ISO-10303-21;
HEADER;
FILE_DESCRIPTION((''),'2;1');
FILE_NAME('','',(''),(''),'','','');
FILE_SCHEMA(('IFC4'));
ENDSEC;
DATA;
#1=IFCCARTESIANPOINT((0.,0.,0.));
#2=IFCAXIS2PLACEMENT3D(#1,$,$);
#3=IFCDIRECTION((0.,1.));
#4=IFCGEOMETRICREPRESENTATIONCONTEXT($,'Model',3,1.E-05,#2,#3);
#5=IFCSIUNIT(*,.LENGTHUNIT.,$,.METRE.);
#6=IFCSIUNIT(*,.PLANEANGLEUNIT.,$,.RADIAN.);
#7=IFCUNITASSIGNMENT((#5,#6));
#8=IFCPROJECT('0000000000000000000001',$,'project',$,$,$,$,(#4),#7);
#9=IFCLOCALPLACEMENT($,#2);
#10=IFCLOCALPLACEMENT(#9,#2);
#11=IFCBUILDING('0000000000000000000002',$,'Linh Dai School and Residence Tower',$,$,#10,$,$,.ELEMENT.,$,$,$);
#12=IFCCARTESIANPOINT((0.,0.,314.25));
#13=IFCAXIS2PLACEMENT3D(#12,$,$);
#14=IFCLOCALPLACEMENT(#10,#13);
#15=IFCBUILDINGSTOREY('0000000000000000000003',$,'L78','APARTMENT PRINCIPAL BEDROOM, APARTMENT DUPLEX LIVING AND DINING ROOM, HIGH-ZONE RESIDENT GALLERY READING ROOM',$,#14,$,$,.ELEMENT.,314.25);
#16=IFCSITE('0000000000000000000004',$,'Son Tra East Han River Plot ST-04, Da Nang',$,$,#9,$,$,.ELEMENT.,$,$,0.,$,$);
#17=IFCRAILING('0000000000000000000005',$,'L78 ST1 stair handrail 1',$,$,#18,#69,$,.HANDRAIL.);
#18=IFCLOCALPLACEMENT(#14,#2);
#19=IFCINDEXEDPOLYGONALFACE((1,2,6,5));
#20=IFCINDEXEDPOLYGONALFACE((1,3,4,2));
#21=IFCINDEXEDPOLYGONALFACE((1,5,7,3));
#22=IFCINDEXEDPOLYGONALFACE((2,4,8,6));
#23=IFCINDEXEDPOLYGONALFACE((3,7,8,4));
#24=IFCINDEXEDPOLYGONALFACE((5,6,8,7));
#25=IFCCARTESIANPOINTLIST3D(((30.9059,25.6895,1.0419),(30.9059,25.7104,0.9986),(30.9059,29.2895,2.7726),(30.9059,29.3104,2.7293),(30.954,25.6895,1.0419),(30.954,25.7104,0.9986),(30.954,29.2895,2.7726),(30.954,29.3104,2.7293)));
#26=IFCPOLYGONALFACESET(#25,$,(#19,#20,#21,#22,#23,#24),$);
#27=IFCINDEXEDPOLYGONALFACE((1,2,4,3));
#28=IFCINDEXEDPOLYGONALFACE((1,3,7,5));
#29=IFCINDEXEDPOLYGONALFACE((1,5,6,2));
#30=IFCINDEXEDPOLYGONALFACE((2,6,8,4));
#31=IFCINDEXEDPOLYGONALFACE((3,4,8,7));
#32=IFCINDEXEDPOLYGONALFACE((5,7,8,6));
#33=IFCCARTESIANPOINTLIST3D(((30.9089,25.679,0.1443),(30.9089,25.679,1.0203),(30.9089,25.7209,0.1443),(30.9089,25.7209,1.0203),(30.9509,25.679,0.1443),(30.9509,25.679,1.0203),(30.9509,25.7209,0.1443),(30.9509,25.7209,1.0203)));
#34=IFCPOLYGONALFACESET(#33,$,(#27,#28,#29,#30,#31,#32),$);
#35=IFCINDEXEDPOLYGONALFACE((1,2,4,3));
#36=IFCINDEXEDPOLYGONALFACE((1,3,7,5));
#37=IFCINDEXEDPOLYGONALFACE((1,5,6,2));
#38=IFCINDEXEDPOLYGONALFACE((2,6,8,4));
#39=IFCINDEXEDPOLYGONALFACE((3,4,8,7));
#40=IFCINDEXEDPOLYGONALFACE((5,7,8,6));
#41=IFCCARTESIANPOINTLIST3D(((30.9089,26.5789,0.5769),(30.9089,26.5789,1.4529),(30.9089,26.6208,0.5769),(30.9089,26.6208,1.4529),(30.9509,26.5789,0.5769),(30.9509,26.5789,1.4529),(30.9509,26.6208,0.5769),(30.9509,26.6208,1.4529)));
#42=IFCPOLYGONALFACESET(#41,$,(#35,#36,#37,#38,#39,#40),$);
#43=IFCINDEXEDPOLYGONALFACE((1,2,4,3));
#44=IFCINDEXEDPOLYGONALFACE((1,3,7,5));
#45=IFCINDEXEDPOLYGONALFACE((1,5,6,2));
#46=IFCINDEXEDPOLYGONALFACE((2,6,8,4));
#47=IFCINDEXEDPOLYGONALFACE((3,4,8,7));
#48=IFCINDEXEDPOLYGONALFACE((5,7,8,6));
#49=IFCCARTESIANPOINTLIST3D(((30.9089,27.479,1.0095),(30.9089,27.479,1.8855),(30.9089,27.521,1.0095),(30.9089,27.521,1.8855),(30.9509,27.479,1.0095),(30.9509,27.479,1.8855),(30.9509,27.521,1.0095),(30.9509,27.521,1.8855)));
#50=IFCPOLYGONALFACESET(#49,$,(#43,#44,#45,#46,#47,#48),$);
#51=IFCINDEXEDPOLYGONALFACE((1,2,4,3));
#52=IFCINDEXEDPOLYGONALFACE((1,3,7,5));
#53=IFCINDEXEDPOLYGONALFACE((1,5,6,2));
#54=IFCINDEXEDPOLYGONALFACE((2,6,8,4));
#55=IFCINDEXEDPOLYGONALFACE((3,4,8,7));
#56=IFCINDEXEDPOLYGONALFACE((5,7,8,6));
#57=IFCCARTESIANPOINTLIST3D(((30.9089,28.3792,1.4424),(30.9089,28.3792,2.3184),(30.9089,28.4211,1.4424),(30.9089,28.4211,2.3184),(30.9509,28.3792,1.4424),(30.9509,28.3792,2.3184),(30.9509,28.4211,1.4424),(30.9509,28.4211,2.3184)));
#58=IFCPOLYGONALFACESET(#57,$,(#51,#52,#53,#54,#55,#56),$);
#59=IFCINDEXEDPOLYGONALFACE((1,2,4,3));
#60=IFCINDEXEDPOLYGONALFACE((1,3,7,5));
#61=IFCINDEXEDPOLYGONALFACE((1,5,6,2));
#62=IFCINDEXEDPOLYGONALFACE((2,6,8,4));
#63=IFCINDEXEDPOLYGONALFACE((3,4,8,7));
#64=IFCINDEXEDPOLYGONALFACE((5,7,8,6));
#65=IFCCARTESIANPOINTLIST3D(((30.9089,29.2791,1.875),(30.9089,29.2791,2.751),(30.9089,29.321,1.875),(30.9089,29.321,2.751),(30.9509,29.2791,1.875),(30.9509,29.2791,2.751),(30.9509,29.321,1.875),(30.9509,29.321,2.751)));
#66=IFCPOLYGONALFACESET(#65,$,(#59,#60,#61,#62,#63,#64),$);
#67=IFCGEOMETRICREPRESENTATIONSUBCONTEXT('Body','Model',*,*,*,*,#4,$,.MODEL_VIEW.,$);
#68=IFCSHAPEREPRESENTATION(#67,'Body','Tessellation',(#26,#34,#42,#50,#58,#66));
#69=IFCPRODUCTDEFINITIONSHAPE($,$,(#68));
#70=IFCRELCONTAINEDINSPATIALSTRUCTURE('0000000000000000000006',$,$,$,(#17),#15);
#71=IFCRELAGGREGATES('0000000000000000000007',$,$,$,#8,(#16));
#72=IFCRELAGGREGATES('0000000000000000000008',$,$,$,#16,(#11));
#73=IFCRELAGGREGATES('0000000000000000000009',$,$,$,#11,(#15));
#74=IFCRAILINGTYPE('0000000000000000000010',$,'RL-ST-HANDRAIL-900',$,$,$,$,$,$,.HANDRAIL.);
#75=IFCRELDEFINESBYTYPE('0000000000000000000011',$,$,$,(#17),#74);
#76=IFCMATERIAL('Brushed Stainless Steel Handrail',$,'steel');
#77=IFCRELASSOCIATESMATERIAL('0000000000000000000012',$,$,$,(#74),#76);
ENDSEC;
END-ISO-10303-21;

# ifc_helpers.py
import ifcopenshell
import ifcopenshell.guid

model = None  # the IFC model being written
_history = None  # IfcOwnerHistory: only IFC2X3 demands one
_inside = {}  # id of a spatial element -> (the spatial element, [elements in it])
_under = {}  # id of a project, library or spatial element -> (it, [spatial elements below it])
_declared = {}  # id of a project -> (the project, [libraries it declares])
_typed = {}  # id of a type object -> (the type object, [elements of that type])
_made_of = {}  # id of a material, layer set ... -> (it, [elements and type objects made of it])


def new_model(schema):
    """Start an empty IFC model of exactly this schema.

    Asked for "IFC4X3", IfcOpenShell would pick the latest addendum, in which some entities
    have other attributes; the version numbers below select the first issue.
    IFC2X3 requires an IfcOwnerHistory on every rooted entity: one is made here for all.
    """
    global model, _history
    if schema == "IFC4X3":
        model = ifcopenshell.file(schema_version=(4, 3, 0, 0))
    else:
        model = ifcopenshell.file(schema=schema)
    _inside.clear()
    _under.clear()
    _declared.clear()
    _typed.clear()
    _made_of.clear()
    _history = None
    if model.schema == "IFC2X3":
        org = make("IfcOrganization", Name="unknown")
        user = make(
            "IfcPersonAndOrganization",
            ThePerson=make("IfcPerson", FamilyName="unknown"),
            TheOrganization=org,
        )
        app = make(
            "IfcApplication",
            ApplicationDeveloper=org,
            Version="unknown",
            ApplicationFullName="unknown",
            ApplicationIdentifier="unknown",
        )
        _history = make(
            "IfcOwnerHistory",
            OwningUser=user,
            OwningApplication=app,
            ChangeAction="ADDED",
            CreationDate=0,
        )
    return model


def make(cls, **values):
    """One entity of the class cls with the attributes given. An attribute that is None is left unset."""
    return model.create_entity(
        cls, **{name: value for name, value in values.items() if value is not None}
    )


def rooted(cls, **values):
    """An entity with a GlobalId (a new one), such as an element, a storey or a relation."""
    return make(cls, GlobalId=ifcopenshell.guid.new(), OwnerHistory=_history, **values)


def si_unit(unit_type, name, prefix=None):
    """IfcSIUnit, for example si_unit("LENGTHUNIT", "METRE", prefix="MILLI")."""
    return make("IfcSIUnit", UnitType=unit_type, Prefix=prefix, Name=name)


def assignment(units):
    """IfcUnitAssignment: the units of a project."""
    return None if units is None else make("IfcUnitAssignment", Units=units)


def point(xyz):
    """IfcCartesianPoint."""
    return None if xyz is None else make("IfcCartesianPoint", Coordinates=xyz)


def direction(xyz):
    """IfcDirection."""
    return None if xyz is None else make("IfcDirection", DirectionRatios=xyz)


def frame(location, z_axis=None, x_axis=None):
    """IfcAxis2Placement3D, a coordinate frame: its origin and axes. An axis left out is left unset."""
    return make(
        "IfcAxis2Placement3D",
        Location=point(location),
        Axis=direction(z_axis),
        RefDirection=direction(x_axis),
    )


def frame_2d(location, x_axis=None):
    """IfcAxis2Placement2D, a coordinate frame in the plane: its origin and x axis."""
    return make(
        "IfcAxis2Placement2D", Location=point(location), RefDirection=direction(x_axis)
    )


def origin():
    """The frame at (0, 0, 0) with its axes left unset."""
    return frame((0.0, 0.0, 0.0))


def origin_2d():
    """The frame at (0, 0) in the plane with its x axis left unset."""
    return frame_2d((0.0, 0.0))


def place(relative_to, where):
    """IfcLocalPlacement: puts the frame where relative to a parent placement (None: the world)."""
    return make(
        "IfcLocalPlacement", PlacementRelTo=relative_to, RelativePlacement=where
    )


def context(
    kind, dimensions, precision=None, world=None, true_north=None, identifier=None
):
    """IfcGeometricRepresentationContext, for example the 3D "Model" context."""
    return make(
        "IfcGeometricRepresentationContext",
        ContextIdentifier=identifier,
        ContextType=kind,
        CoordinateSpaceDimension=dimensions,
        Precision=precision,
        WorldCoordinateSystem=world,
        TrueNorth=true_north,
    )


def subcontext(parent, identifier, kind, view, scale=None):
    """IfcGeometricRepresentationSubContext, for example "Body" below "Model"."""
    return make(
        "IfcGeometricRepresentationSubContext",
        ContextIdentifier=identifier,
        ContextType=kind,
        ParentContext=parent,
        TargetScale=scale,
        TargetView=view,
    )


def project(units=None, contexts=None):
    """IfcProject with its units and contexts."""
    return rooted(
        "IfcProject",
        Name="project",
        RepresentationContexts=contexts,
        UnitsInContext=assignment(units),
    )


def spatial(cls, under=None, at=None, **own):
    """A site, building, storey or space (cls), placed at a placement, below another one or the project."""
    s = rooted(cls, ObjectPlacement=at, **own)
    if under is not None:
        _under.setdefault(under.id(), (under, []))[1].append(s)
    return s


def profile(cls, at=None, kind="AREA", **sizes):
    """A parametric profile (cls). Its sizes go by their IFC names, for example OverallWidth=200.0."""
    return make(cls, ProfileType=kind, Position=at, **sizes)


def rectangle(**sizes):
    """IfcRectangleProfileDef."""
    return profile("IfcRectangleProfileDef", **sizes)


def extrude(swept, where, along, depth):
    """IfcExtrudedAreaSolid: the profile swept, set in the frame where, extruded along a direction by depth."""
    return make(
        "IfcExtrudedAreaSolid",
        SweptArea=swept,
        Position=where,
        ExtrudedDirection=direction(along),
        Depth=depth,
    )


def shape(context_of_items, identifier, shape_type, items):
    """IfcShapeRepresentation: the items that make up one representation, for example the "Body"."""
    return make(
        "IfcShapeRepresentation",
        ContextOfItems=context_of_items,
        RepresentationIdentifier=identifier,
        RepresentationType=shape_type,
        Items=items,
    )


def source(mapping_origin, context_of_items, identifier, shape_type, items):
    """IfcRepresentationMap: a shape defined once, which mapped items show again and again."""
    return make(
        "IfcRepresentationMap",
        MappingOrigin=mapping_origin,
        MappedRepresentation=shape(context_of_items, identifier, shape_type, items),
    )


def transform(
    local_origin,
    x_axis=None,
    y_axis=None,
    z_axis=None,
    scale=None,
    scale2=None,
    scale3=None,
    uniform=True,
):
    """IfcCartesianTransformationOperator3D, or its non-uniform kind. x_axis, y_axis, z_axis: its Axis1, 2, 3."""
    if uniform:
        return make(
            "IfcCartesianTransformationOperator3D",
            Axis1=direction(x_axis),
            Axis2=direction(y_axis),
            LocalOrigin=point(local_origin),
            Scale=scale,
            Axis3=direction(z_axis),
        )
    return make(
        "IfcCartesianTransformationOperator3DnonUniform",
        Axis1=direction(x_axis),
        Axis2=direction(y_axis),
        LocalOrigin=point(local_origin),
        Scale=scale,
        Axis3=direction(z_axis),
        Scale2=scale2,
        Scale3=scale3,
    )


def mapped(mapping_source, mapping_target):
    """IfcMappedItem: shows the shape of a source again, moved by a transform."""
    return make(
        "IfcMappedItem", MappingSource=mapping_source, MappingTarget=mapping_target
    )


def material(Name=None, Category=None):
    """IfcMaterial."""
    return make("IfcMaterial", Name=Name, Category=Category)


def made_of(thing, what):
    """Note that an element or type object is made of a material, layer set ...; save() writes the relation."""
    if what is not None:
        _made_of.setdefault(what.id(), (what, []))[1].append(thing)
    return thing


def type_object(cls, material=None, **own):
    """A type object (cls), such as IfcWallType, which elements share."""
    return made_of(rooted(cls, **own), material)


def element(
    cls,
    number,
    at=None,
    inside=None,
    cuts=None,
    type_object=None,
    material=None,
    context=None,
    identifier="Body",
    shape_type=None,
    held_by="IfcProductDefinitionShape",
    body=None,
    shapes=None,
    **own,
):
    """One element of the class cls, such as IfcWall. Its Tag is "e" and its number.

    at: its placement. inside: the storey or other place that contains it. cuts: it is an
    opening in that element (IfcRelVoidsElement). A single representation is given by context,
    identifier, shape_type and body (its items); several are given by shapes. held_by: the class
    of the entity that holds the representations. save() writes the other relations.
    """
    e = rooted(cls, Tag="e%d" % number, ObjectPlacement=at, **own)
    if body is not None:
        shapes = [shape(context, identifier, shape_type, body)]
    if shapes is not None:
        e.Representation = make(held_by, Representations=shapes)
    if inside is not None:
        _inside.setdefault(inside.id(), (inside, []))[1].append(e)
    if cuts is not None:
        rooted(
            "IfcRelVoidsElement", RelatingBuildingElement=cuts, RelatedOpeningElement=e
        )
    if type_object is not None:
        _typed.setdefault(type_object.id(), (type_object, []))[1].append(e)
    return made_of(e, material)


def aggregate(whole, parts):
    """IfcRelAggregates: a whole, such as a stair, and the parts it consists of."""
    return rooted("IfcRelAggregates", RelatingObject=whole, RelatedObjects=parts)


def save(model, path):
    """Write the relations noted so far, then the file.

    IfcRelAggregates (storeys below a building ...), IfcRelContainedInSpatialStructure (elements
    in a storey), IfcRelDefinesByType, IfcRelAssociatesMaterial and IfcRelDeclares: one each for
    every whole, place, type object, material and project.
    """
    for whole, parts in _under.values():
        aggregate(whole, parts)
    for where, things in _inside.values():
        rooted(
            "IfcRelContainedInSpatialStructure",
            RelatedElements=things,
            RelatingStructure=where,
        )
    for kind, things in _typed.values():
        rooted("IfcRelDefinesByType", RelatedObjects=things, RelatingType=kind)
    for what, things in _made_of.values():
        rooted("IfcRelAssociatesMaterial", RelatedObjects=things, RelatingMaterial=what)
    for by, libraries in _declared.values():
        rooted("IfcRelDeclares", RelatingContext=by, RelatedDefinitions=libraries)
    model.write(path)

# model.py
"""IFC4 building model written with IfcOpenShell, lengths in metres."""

from ifc_helpers import new_model, si_unit, direction, frame, origin, origin_2d, place, context, subcontext, project, spatial, rectangle, extrude, source, transform, mapped, material, type_object, element, save


model = new_model("IFC4")

# Units and contexts
model_context = context("Model", 3, precision=1e-05, world=origin(), true_north=direction((0.0, 1.0)))
body_context = subcontext(model_context, "Body", "Model", "MODEL_VIEW")
ifc_project = project(units=[si_unit("LENGTHUNIT", "METRE"), si_unit("PLANEANGLEUNIT", "RADIAN")], contexts=[model_context])

# Site, building, storey
site_placement = place(None, origin())
site = spatial("IfcSite", under=ifc_project, at=site_placement, Name="Son Tra East Han River Plot ST-04, Da Nang", CompositionType="ELEMENT", RefElevation=0.0)
building_placement = place(site_placement, origin())
building = spatial("IfcBuilding", under=site, at=building_placement, Name="Linh Dai School and Residence Tower", CompositionType="ELEMENT")
storey_placement = place(building_placement, frame((0.0, 0.0, 314.25)))
storey = spatial("IfcBuildingStorey", under=building, at=storey_placement, Name="L78", Description="APARTMENT PRINCIPAL BEDROOM, APARTMENT DUPLEX LIVING AND DINING ROOM, HIGH-ZONE RESIDENT GALLERY READING ROOM", CompositionType="ELEMENT", Elevation=314.25)

# Railing
ifc_material_1 = material(Name="Brushed Stainless Steel Handrail", Category="steel")
railing_type_1 = type_object("IfcRailingType", Name="RL-ST-HANDRAIL-900", PredefinedType="HANDRAIL", material=ifc_material_1)
shared_shape_1 = source(origin(), body_context, "Body", "SweptSolid", [
    extrude(rectangle(XDim=0.0481, YDim=0.0481, at=origin_2d()), frame((0.0, 0.0, 0.876), z_axis=(0.0, 0.901263, 0.433273), x_axis=(-1.0, 0.0, 0.0)), (0.0, 0.0, 1.0), 3.9944),
    extrude(rectangle(XDim=0.042, YDim=0.042, at=origin_2d()), origin(), (0.0, 0.0, 1.0), 0.876),
    extrude(rectangle(XDim=0.042, YDim=0.042, at=origin_2d()), frame((0.0, 0.8999, 0.4326)), (0.0, 0.0, 1.0), 0.876),
    extrude(rectangle(XDim=0.042, YDim=0.042, at=origin_2d()), frame((0.0, 1.8, 0.8652)), (0.0, 0.0, 1.0), 0.876),
    extrude(rectangle(XDim=0.042, YDim=0.042, at=origin_2d()), frame((0.0, 2.7002, 1.2981)), (0.0, 0.0, 1.0), 0.876),
    extrude(rectangle(XDim=0.042, YDim=0.042, at=origin_2d()), frame((0.0, 3.6001, 1.7307)), (0.0, 0.0, 1.0), 0.876),
])
railing_1_placement = place(storey_placement, frame((30.9299, 25.7, 0.1443)))
element("IfcRailing", 1, at=railing_1_placement, inside=storey, type_object=railing_type_1, Name="L78 ST1 stair handrail 1", PredefinedType="HANDRAIL", context=body_context, shape_type="MappedRepresentation", body=[
    mapped(shared_shape_1, transform((0.0, 0.0, 0.0), x_axis=(1.0, 0.0, 0.0), y_axis=(0.0, 1.0, 0.0), z_axis=(0.0, 0.0, 1.0), scale=1.0)),
])

save(model, "model.ifc")
